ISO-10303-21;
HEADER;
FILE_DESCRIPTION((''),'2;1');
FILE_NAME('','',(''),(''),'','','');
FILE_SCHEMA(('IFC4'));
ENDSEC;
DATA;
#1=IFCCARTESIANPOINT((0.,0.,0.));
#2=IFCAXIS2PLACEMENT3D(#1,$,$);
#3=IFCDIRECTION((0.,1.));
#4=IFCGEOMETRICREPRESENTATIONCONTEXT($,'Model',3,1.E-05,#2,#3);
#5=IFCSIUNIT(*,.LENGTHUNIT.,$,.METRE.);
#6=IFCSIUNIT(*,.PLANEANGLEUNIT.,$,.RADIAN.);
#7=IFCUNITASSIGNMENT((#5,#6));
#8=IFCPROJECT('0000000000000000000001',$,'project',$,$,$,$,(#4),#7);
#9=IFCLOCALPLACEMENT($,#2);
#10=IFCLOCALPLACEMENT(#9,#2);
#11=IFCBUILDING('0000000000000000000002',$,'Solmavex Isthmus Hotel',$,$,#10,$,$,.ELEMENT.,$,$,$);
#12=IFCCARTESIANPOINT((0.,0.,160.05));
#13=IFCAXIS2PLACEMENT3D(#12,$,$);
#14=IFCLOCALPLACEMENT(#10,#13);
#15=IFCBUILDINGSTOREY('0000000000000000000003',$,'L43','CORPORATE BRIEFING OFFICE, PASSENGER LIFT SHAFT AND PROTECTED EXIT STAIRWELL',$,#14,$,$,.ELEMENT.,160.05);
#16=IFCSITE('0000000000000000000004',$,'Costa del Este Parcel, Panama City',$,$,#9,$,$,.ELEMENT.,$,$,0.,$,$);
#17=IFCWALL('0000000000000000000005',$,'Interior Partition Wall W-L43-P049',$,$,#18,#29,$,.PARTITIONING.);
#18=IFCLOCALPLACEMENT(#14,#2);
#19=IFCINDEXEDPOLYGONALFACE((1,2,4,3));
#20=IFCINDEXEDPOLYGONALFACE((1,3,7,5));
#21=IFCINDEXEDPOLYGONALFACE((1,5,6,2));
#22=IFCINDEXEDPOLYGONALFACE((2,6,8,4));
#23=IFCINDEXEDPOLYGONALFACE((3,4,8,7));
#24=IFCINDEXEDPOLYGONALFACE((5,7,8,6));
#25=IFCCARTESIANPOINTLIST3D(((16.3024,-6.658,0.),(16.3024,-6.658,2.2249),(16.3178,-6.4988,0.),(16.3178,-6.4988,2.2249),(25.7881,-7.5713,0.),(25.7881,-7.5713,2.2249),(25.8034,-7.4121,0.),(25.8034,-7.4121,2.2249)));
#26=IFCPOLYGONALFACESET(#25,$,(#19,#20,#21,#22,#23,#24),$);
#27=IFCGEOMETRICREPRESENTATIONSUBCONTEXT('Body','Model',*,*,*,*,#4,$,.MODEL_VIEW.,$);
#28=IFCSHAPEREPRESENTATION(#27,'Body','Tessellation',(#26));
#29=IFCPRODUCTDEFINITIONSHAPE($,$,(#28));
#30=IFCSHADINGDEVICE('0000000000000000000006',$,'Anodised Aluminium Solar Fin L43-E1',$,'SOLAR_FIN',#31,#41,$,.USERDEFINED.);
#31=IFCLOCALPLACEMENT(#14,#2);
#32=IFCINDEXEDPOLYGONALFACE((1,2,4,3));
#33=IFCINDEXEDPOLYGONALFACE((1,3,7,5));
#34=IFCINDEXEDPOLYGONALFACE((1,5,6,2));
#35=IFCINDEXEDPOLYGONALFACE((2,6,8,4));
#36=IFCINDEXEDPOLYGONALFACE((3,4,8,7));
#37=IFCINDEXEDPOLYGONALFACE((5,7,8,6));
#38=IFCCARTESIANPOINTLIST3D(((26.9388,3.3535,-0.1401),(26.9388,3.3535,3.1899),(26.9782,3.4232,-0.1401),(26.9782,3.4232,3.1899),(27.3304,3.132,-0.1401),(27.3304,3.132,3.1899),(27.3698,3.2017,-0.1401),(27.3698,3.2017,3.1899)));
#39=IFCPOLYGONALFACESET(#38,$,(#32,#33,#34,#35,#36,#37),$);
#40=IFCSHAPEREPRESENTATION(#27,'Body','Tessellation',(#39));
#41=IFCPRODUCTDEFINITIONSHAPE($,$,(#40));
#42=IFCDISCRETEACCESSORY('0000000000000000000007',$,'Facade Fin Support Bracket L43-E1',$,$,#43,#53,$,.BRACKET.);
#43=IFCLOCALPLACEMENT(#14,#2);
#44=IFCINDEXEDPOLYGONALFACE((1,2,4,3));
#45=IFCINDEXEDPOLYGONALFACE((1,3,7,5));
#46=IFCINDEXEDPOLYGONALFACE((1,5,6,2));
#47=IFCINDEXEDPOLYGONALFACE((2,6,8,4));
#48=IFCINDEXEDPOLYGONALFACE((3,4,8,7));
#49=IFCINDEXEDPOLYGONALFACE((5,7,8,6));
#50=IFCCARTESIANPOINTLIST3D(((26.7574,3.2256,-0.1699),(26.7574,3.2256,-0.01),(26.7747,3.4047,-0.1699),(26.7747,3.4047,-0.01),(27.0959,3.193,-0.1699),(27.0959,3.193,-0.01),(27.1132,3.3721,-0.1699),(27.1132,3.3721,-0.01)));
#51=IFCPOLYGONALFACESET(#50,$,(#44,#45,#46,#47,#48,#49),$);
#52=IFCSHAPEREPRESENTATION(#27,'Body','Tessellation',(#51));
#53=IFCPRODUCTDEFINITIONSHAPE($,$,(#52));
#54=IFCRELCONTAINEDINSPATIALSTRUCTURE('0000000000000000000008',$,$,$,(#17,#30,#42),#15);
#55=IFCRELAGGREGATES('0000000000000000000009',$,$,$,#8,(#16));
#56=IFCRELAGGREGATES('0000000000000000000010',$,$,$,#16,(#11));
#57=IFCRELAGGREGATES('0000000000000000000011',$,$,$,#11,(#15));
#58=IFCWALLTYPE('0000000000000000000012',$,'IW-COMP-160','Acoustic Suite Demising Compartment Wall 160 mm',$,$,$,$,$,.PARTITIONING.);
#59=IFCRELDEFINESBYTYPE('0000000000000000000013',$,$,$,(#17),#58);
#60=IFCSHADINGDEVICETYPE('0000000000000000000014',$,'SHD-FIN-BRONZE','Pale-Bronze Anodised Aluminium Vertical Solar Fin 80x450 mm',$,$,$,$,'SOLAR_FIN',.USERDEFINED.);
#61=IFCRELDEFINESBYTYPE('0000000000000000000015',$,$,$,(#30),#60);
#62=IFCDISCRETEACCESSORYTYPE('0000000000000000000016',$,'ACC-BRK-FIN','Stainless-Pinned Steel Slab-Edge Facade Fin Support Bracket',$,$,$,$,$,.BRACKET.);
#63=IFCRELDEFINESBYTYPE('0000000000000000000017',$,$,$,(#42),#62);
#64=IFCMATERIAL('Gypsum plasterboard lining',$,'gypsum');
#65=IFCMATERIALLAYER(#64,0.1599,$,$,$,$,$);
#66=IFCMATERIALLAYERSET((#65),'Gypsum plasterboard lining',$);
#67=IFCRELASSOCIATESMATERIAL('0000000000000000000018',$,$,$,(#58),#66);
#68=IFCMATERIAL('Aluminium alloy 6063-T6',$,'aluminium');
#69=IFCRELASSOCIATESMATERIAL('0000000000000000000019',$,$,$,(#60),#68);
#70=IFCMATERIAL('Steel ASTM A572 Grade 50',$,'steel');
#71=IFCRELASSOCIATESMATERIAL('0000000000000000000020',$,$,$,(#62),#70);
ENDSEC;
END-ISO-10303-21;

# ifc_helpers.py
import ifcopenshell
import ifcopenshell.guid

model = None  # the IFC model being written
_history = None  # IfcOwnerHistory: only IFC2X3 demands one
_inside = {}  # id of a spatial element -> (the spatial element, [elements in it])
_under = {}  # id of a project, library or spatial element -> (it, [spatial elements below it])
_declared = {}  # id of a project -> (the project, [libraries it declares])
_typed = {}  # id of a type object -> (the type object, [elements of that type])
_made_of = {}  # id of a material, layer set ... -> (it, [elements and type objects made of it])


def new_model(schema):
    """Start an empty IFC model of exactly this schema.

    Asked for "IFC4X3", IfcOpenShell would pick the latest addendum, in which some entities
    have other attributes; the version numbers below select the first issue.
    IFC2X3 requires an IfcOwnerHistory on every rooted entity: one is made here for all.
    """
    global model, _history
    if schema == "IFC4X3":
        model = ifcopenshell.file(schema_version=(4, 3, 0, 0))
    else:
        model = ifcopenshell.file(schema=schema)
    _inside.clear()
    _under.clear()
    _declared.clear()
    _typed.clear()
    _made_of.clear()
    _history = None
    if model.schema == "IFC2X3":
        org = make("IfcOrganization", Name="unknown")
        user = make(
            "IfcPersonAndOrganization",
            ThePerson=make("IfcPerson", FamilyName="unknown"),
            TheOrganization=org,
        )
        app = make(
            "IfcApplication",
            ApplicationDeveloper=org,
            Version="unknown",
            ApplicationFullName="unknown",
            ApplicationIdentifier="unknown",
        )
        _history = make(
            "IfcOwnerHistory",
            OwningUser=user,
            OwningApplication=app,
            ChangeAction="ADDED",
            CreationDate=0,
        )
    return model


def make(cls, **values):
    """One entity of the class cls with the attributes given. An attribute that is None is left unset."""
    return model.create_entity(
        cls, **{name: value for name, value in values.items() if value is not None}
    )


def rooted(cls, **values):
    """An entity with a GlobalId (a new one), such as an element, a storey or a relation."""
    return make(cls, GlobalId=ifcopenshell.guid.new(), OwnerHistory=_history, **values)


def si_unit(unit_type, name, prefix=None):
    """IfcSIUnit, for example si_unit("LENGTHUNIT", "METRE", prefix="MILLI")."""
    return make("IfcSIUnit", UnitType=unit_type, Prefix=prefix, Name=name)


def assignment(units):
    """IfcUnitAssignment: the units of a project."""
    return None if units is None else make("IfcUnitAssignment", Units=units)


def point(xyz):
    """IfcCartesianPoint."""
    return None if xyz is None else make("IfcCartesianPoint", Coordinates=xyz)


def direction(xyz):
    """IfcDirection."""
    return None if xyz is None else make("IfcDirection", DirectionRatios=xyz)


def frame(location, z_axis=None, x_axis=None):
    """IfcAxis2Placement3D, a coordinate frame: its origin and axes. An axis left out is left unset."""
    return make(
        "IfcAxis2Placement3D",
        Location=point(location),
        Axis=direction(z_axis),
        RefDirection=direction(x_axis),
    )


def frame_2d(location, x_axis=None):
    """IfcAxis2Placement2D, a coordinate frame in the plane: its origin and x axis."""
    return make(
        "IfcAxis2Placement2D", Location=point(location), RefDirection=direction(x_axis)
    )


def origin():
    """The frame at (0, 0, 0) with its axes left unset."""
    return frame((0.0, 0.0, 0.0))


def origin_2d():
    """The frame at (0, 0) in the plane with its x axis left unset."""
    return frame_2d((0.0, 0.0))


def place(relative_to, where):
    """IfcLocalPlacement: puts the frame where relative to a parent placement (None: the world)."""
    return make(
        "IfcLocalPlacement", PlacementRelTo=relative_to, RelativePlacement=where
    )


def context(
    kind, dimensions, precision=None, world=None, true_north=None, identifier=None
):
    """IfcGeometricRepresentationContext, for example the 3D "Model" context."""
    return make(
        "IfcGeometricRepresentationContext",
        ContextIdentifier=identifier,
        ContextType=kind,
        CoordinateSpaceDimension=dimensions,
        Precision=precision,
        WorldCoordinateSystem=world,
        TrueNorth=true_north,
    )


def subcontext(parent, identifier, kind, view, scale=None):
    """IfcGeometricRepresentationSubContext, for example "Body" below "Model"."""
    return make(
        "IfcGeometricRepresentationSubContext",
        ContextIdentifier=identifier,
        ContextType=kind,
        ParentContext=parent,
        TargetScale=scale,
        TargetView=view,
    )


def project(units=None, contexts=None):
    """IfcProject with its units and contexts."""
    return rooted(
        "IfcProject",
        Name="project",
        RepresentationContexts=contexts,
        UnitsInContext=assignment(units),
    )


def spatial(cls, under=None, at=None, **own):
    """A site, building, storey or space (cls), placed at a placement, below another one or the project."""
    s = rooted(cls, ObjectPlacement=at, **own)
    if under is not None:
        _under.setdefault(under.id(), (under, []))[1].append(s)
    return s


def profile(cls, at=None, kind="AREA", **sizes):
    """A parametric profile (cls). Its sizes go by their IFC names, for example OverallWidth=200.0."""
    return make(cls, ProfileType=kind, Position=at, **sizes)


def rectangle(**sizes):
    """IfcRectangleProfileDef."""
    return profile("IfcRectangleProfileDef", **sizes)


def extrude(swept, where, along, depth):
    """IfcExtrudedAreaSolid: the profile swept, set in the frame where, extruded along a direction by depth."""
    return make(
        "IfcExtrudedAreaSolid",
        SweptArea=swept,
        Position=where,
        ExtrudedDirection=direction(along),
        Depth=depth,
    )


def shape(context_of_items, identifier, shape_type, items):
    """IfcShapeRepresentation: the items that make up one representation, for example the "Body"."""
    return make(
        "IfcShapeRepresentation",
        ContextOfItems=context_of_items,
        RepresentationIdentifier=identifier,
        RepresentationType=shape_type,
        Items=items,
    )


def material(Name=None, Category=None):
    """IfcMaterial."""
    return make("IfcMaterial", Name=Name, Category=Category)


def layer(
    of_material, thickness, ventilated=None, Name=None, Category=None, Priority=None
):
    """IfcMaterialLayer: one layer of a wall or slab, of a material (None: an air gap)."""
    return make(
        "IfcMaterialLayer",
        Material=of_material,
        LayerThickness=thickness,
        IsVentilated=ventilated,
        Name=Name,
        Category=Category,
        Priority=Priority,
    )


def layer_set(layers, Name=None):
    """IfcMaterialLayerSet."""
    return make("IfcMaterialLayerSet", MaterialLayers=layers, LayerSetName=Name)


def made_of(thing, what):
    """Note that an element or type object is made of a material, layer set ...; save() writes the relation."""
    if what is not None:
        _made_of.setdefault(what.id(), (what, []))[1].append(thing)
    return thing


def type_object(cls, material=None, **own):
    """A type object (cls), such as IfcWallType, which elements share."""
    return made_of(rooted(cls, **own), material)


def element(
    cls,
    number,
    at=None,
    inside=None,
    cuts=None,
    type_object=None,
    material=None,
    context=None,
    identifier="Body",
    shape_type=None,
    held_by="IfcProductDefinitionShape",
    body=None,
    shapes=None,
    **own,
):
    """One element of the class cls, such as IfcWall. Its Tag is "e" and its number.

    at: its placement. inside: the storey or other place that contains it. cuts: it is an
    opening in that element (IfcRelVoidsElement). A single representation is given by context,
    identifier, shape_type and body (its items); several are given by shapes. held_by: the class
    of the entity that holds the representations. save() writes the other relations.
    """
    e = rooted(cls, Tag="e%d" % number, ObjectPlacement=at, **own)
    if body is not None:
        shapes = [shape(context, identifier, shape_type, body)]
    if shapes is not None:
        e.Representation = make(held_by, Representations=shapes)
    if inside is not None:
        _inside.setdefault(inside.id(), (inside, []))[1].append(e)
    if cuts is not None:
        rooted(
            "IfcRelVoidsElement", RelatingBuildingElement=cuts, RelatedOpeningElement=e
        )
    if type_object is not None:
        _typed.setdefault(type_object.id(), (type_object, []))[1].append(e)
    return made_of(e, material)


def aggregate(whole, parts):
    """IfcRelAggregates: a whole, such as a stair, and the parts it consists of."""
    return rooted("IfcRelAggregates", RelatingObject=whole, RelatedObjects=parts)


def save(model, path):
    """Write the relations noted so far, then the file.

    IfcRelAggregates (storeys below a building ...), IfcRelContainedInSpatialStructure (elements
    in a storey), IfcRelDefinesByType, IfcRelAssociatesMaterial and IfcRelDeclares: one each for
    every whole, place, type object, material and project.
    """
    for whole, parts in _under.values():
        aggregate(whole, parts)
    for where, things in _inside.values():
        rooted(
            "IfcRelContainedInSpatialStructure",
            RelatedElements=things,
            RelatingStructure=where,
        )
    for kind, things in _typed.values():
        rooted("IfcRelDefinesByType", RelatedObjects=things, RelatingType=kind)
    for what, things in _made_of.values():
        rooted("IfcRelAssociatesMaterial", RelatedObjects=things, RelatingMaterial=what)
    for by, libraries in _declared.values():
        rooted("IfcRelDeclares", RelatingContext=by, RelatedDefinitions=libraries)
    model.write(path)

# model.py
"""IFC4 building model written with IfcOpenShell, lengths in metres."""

from ifc_helpers import new_model, si_unit, direction, frame, frame_2d, origin, origin_2d, place, context, subcontext, project, spatial, rectangle, extrude, material, layer, layer_set, type_object, element, save


model = new_model("IFC4")

# Units and contexts
model_context = context("Model", 3, precision=1e-05, world=origin(), true_north=direction((0.0, 1.0)))
body_context = subcontext(model_context, "Body", "Model", "MODEL_VIEW")
ifc_project = project(units=[si_unit("LENGTHUNIT", "METRE"), si_unit("PLANEANGLEUNIT", "RADIAN")], contexts=[model_context])

# Site, building, storey
site_placement = place(None, origin())
site = spatial("IfcSite", under=ifc_project, at=site_placement, Name="Costa del Este Parcel, Panama City", CompositionType="ELEMENT", RefElevation=0.0)
building_placement = place(site_placement, origin())
building = spatial("IfcBuilding", under=site, at=building_placement, Name="Solmavex Isthmus Hotel", CompositionType="ELEMENT")
storey_placement = place(building_placement, frame((0.0, 0.0, 160.05)))
storey = spatial("IfcBuildingStorey", under=building, at=storey_placement, Name="L43", Description="CORPORATE BRIEFING OFFICE, PASSENGER LIFT SHAFT AND PROTECTED EXIT STAIRWELL", CompositionType="ELEMENT", Elevation=160.05)

# Shared definitions
ifc_material_1 = material(Name="Aluminium alloy 6063-T6", Category="aluminium")

# Wall
ifc_material_2 = material(Name="Gypsum plasterboard lining", Category="gypsum")
ifc_layer_1 = layer(ifc_material_2, 0.1599)
ifc_layer_set_1 = layer_set([ifc_layer_1], Name="Gypsum plasterboard lining")
wall_type = type_object("IfcWallType", Name="IW-COMP-160", Description="Acoustic Suite Demising Compartment Wall 160 mm", PredefinedType="PARTITIONING", material=ifc_layer_set_1)
wall_1_placement = place(storey_placement, frame((25.7957, -7.4917, 0.0), z_axis=(0.0, 0.0, 1.0), x_axis=(-0.995396, 0.095843, 0.0)))
element("IfcWall", 1, at=wall_1_placement, inside=storey, type_object=wall_type, Name="Interior Partition Wall W-L43-P049", PredefinedType="PARTITIONING", context=body_context, shape_type="SweptSolid", body=[
    extrude(rectangle(XDim=9.5295, YDim=0.1599, at=frame_2d((4.7646, 0.0))), origin(), (0.0, 0.0, 1.0), 2.2249),
])

# Shading device
shading_device_type = type_object("IfcShadingDeviceType", Name="SHD-FIN-BRONZE", Description="Pale-Bronze Anodised Aluminium Vertical Solar Fin 80x450 mm", ElementType="SOLAR_FIN", PredefinedType="USERDEFINED", material=ifc_material_1)
shading_device_placement = place(storey_placement, frame((27.1543, 3.2776, -0.1401), z_axis=(0.0, 0.0, 1.0), x_axis=(0.870356, -0.492424, 0.0)))
element("IfcShadingDevice", 2, at=shading_device_placement, inside=storey, type_object=shading_device_type, Name="Anodised Aluminium Solar Fin L43-E1", ObjectType="SOLAR_FIN", PredefinedType="USERDEFINED", context=body_context, shape_type="SweptSolid", body=[
    extrude(rectangle(XDim=0.45, YDim=0.0801, at=origin_2d()), origin(), (0.0, 0.0, 1.0), 3.3301),
])

# Discrete accessory
ifc_material_3 = material(Name="Steel ASTM A572 Grade 50", Category="steel")
discrete_accessory_type = type_object("IfcDiscreteAccessoryType", Name="ACC-BRK-FIN", Description="Stainless-Pinned Steel Slab-Edge Facade Fin Support Bracket", PredefinedType="BRACKET", material=ifc_material_3)
discrete_accessory_placement = place(storey_placement, frame((26.9353, 3.2988, -0.1699), z_axis=(0.0, 0.0, 1.0), x_axis=(0.995396, -0.095846, 0.0)))
element("IfcDiscreteAccessory", 3, at=discrete_accessory_placement, inside=storey, type_object=discrete_accessory_type, Name="Facade Fin Support Bracket L43-E1", PredefinedType="BRACKET", context=body_context, shape_type="SweptSolid", body=[
    extrude(rectangle(XDim=0.3401, YDim=0.1799, at=origin_2d()), origin(), (0.0, 0.0, 1.0), 0.1599),
])

save(model, "model.ifc")
